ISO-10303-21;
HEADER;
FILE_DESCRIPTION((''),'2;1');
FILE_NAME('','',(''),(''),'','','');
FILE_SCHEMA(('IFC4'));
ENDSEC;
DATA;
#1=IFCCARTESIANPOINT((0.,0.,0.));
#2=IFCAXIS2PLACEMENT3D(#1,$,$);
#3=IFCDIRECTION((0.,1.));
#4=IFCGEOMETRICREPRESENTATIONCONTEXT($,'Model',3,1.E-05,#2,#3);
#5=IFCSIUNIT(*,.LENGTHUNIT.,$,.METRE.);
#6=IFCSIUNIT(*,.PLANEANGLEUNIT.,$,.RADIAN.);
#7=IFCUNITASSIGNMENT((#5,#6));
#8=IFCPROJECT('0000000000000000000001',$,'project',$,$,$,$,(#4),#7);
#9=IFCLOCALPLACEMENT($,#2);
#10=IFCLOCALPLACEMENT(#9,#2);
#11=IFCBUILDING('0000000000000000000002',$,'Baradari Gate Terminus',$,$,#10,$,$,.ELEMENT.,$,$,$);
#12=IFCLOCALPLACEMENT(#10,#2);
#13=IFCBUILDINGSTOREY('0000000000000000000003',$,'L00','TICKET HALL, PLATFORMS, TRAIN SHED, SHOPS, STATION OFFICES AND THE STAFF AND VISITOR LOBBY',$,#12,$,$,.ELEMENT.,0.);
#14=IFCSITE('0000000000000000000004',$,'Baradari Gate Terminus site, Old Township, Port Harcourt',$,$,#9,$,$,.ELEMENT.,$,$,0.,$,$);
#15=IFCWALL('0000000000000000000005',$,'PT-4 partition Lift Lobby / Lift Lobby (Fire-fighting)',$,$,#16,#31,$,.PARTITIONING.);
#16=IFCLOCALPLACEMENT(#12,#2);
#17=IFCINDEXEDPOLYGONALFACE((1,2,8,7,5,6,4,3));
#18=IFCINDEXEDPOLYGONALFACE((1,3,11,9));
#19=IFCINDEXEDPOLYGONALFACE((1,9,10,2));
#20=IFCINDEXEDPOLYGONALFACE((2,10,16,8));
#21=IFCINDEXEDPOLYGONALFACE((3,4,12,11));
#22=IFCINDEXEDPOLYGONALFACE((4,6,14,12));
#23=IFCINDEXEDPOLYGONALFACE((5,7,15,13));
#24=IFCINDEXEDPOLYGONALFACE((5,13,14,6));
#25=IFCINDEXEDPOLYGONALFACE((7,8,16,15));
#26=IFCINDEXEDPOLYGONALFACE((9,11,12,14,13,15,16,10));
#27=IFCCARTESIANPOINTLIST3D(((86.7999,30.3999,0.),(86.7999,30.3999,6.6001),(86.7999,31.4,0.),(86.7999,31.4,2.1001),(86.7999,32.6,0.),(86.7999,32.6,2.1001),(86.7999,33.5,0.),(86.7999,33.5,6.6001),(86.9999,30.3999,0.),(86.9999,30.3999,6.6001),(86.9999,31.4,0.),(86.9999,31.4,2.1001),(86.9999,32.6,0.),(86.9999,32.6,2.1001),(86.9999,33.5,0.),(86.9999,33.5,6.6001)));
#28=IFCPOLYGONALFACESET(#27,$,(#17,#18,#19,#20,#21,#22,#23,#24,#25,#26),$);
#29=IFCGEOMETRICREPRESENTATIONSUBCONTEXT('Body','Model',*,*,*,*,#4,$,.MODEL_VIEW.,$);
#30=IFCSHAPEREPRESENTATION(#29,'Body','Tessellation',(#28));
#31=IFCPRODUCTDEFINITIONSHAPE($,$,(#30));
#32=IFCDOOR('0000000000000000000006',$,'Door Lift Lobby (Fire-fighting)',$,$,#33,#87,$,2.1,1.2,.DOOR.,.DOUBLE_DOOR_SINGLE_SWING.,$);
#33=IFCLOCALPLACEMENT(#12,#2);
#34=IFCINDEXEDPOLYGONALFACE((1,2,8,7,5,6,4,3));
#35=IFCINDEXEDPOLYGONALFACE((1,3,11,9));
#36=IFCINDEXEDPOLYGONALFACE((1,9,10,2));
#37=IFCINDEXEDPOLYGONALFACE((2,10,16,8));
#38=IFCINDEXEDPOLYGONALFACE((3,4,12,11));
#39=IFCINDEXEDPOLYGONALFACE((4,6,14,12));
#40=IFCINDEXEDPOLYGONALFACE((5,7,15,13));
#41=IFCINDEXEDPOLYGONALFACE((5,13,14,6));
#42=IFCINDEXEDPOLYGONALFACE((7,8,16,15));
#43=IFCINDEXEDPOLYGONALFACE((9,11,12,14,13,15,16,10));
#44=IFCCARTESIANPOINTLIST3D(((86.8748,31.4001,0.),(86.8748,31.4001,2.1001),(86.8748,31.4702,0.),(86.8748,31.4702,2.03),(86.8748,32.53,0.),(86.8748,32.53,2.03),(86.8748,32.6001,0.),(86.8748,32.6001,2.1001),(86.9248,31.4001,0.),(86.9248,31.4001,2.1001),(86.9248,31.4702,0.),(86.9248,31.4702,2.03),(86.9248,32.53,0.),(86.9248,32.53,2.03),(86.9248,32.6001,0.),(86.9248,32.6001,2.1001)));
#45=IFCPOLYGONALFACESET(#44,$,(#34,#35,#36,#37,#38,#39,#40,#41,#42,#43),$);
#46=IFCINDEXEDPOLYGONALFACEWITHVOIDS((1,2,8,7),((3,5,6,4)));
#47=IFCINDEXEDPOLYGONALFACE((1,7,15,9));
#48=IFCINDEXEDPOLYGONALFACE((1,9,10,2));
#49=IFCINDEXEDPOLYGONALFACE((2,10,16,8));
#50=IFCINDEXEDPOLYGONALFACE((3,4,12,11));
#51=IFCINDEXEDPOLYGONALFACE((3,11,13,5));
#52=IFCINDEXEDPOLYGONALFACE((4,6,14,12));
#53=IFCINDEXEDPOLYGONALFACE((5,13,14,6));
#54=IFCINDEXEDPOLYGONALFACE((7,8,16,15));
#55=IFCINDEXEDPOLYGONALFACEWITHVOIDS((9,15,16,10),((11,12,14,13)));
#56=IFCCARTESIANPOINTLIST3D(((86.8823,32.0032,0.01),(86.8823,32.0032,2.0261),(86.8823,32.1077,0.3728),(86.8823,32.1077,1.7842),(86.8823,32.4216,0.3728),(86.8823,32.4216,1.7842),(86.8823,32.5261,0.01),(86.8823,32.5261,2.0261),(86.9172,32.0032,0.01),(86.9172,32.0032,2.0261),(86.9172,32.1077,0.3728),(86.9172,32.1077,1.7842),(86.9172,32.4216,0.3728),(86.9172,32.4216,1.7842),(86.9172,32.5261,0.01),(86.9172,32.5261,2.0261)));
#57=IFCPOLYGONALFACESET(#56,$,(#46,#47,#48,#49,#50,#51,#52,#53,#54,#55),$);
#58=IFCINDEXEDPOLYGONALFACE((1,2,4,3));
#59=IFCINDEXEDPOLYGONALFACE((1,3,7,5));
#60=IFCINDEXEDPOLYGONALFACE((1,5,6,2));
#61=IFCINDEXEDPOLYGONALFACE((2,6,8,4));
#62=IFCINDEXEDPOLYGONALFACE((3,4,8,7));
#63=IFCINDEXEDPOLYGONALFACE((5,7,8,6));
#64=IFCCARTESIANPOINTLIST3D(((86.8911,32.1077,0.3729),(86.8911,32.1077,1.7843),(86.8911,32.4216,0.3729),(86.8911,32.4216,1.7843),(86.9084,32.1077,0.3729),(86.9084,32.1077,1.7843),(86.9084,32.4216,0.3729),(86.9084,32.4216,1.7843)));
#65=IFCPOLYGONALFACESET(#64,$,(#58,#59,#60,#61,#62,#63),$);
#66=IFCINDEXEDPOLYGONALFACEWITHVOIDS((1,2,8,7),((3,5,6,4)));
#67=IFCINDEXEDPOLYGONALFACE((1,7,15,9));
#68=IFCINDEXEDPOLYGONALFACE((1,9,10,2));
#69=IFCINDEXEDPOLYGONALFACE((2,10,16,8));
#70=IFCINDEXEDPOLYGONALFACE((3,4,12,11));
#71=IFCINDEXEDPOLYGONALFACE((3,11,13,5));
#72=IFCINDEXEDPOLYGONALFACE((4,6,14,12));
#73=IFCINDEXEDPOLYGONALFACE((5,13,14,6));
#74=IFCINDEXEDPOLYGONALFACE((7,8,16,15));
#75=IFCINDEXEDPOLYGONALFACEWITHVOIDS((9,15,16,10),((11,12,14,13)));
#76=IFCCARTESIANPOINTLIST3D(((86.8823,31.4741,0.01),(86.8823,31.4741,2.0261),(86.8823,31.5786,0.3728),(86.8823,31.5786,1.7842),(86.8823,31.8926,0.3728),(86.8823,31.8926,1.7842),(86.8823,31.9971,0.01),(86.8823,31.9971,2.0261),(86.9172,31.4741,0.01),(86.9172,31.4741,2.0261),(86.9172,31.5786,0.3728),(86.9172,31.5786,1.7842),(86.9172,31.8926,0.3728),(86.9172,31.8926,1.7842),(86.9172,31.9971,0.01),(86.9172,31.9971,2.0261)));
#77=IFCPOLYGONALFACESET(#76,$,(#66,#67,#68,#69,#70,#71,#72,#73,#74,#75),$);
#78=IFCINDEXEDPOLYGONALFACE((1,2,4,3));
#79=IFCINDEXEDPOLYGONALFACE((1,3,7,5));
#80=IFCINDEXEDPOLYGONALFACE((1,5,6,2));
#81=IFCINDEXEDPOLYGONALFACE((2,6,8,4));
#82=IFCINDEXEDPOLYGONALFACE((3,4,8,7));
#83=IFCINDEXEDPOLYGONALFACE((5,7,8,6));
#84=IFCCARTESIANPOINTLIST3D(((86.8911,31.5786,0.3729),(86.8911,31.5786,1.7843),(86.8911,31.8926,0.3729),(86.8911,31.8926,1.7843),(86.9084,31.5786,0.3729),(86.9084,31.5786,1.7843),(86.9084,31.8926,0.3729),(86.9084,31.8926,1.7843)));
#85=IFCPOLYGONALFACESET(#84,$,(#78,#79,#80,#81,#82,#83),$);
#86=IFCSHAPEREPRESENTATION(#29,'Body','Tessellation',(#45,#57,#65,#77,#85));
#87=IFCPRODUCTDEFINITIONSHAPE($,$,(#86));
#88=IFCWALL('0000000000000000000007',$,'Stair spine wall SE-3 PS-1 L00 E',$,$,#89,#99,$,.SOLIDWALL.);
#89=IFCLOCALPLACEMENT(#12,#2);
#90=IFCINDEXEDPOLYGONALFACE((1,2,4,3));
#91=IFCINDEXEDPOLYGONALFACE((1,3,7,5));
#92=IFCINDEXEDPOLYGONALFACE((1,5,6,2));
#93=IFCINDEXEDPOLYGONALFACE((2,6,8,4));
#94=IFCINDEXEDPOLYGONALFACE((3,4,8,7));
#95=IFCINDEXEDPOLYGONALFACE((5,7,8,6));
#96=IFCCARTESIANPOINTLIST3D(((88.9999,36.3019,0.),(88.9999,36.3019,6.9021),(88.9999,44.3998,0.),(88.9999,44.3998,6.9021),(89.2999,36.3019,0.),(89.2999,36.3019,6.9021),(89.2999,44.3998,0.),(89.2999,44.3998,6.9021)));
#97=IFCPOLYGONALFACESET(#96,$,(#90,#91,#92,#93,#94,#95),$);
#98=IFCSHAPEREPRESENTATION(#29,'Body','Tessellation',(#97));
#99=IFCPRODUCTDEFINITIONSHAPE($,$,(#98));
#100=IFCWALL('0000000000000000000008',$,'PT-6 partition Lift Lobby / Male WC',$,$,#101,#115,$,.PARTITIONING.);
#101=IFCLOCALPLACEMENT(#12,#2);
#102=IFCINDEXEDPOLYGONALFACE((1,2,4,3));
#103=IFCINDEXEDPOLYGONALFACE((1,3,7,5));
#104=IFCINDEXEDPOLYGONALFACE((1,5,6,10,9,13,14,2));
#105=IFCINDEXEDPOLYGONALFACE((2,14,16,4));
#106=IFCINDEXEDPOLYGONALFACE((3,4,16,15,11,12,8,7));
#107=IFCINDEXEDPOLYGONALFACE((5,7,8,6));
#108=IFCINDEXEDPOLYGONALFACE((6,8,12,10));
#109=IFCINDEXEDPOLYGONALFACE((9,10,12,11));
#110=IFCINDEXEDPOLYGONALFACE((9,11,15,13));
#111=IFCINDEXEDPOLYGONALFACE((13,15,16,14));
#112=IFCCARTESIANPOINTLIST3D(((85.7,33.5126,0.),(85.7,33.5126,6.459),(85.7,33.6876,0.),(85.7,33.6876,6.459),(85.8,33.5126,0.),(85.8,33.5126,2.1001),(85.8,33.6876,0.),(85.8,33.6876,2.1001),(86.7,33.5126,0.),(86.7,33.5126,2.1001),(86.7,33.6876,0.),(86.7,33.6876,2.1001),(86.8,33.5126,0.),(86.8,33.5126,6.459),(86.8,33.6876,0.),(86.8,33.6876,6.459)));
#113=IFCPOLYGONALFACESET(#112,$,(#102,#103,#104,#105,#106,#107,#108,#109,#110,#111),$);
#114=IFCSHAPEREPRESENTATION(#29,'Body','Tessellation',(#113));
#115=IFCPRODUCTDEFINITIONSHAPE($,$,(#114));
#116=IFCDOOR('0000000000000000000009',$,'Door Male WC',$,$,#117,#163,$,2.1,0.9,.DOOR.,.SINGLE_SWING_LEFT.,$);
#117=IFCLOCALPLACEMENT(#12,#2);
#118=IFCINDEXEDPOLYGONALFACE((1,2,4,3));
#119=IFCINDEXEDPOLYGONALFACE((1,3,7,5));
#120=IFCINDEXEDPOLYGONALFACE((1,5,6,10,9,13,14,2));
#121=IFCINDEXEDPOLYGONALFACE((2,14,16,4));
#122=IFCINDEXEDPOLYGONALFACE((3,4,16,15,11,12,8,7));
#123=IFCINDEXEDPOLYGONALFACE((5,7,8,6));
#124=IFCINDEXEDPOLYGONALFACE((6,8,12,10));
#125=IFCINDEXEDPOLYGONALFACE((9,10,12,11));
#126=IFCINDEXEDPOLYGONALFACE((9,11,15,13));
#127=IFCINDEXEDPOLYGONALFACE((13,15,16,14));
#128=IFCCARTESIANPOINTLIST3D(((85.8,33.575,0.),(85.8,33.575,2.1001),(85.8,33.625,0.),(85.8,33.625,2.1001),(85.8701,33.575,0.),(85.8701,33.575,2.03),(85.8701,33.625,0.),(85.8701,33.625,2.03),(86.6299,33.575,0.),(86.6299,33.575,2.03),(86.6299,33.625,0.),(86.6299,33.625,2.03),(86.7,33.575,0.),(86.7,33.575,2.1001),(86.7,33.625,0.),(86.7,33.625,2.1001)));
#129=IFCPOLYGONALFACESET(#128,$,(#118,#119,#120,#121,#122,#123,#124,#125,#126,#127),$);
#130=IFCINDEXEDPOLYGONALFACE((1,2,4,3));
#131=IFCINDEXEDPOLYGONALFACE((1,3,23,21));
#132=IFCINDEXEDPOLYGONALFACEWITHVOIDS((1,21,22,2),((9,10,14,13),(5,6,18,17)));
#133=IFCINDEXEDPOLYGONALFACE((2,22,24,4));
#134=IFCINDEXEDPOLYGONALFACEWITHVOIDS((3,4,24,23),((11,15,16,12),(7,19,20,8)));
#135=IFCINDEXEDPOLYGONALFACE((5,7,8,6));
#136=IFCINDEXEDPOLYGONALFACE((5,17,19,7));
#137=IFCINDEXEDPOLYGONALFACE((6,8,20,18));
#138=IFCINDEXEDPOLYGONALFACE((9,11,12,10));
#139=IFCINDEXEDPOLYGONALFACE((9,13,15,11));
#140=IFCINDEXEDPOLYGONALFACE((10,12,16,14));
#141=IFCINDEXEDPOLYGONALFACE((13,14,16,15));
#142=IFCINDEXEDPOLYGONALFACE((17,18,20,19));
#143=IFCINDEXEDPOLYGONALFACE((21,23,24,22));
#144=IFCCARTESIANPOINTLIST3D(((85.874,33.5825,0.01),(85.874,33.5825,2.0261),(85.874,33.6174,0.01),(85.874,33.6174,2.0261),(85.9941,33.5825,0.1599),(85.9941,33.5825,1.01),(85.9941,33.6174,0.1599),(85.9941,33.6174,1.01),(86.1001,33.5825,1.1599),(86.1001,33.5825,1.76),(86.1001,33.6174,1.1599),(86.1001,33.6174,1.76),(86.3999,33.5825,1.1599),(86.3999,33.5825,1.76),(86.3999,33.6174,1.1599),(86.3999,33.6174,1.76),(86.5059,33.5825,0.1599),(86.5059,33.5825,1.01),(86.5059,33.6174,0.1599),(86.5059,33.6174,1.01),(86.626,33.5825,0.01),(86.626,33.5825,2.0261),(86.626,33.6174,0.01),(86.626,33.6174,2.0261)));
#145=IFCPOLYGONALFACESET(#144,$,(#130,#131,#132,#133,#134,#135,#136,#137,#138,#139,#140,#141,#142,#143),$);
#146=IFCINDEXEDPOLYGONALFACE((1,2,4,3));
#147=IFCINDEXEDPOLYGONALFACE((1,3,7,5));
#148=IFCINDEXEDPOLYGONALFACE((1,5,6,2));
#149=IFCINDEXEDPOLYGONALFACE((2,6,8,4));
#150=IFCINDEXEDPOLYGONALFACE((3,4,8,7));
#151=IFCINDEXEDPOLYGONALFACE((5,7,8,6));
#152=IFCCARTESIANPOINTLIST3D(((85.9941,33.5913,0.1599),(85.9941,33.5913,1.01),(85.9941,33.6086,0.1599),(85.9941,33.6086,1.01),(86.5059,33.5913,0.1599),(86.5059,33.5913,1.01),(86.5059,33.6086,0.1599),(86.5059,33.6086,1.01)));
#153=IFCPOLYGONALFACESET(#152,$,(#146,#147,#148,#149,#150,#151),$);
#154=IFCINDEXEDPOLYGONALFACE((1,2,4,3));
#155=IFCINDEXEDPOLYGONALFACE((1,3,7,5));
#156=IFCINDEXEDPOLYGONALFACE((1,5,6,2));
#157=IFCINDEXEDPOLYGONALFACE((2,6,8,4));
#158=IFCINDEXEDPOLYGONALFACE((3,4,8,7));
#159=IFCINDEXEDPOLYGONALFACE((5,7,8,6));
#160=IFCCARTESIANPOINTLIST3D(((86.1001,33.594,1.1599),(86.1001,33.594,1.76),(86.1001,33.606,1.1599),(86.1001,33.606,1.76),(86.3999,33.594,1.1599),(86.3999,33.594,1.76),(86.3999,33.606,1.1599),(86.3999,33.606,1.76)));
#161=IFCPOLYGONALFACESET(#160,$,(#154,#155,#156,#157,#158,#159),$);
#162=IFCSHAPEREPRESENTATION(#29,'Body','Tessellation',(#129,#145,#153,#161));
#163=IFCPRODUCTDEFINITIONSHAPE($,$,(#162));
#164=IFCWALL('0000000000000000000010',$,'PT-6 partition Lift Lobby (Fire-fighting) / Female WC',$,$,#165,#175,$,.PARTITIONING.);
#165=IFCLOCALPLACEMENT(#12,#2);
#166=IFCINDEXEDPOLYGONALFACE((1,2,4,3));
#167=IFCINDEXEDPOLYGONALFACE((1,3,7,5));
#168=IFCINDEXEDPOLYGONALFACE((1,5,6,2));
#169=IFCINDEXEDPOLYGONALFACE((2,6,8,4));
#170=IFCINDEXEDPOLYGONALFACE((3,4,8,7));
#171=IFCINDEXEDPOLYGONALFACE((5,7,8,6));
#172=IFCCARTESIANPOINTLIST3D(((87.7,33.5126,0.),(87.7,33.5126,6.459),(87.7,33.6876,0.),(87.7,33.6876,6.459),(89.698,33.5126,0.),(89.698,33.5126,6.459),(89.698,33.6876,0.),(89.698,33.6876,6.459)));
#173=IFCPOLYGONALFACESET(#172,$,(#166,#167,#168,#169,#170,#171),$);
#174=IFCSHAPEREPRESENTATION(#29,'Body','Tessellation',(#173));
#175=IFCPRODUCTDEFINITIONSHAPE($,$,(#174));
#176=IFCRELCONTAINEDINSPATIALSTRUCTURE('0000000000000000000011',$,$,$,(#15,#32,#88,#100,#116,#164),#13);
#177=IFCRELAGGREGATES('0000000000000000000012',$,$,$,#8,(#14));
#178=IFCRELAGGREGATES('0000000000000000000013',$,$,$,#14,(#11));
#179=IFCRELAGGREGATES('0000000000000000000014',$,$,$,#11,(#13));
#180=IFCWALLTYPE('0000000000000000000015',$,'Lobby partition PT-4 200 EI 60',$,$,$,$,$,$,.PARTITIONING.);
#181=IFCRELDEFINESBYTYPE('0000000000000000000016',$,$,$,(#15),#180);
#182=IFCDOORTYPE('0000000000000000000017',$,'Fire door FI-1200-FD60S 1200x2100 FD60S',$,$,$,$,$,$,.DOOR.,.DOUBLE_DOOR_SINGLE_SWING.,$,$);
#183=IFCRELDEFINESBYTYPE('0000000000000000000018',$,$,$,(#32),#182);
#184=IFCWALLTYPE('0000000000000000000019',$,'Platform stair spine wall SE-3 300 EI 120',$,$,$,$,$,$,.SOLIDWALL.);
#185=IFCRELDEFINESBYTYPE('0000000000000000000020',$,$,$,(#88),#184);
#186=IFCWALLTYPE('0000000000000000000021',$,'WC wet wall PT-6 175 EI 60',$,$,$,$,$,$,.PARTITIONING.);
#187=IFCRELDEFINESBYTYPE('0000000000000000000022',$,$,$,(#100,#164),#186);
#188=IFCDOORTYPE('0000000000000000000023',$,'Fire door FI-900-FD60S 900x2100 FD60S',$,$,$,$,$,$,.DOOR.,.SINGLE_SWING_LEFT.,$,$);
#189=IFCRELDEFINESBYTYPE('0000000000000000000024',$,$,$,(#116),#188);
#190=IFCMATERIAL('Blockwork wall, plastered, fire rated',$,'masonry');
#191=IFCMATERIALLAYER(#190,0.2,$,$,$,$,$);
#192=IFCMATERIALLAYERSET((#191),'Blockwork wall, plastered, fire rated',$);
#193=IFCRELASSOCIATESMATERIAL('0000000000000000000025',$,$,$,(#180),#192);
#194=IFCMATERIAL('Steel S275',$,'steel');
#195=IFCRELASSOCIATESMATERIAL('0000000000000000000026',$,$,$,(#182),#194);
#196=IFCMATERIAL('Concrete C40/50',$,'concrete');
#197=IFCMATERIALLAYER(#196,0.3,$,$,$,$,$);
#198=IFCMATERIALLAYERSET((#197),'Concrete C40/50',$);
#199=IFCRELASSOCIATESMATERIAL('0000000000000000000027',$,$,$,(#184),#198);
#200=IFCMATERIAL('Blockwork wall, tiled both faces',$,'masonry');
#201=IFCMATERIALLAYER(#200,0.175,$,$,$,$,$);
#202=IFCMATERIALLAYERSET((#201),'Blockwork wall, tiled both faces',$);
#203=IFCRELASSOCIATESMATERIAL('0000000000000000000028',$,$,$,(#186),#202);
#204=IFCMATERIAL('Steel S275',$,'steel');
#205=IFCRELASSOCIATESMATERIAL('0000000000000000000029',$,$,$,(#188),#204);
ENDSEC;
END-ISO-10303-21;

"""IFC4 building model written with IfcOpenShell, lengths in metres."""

from ifc_helpers import new_model, si_unit, direction, frame, frame_2d, origin, place, context, subcontext, project, spatial, polyline, rectangle, outline, extrude, material, layer, layer_set, type_object, element, fill, save


model = new_model("IFC4")

# Units and contexts
model_context = context("Model", 3, precision=1e-05, world=origin(), true_north=direction((0.0, 1.0)))
body_context = subcontext(model_context, "Body", "Model", "MODEL_VIEW")
ifc_project = project(units=[si_unit("LENGTHUNIT", "METRE"), si_unit("PLANEANGLEUNIT", "RADIAN")], contexts=[model_context])

# Site, building, storey
site_placement = place(None, origin())
site = spatial("IfcSite", under=ifc_project, at=site_placement, Name="Baradari Gate Terminus site, Old Township, Port Harcourt", CompositionType="ELEMENT", RefElevation=0.0)
building_placement = place(site_placement, origin())
building = spatial("IfcBuilding", under=site, at=building_placement, Name="Baradari Gate Terminus", CompositionType="ELEMENT")
storey_placement = place(building_placement, origin())
storey = spatial("IfcBuildingStorey", under=building, at=storey_placement, Name="L00", Description="TICKET HALL, PLATFORMS, TRAIN SHED, SHOPS, STATION OFFICES AND THE STAFF AND VISITOR LOBBY", CompositionType="ELEMENT", Elevation=0.0)

# Wall, opening, door
ifc_material_1 = material(Name="Blockwork wall, plastered, fire rated", Category="masonry")
ifc_layer_1 = layer(ifc_material_1, 0.2)
ifc_layer_set_1 = layer_set([ifc_layer_1], Name="Blockwork wall, plastered, fire rated")
wall_type_1 = type_object("IfcWallType", Name="Lobby partition PT-4 200 EI 60", PredefinedType="PARTITIONING", material=ifc_layer_set_1)
wall_1_placement = place(storey_placement, frame((86.8999, 33.5, 0.0), z_axis=(0.0, 0.0, 1.0), x_axis=(0.0, -1.0, 0.0)))
wall_1 = element("IfcWall", 1, at=wall_1_placement, inside=storey, type_object=wall_type_1, Name="PT-4 partition Lift Lobby / Lift Lobby (Fire-fighting)", PredefinedType="PARTITIONING", context=body_context, shape_type="SweptSolid", body=[
    extrude(rectangle(XDim=3.1001, YDim=0.2, at=frame_2d((1.55, 0.0))), origin(), (0.0, 0.0, 1.0), 6.6001),
])
opening_1_placement = place(wall_1_placement, frame((0.8999, 0.0, 0.0)))
opening_1 = element("IfcOpeningElement", 2, at=opening_1_placement, cuts=wall_1, PredefinedType="OPENING", context=body_context, shape_type="SweptSolid", body=[
    extrude(rectangle(XDim=1.2, YDim=2.1001, at=frame_2d((0.6001, 1.05))), frame((0.0, 0.1099, 0.0), z_axis=(0.0, -1.0, 0.0), x_axis=(1.0, 0.0, 0.0)), (0.0, 0.0, 1.0), 0.22),
])
ifc_material_2 = material(Name="Steel S275", Category="steel")
door_type_1 = type_object("IfcDoorType", Name="Fire door FI-1200-FD60S 1200x2100 FD60S", OperationType="DOUBLE_DOOR_SINGLE_SWING", PredefinedType="DOOR", material=ifc_material_2)
door_1_placement = place(opening_1_placement, origin())
door_1 = element("IfcDoor", 3, at=door_1_placement, inside=storey, type_object=door_type_1, Name="Door Lift Lobby (Fire-fighting)", OperationType="DOUBLE_DOOR_SINGLE_SWING", OverallHeight=2.1, OverallWidth=1.2, PredefinedType="DOOR", context=body_context, shape_type="SweptSolid", body=[
    extrude(outline(polyline([(0.0, 0.0), (0.0701, 0.0), (0.0701, 2.03), (1.1299, 2.03), (1.1299, 0.0), (1.2, 0.0), (1.2, 2.1001), (0.0, 2.1001), (0.0, 0.0)])), frame((0.0, 0.0249, 0.0), z_axis=(0.0, -1.0, 0.0), x_axis=(1.0, 0.0, 0.0)), (0.0, 0.0, 1.0), 0.05),
    extrude(outline(polyline([(0.074, 0.01), (0.5969, 0.01), (0.5969, 2.0261), (0.074, 2.0261), (0.074, 0.01)]), holes=[polyline([(0.1785, 0.3728), (0.4924, 0.3728), (0.4924, 1.7842), (0.1785, 1.7842), (0.1785, 0.3728)])]), frame((0.0, 0.0173, 0.0), z_axis=(0.0, -1.0, 0.0), x_axis=(1.0, 0.0, 0.0)), (0.0, 0.0, 1.0), 0.0349),
    extrude(rectangle(XDim=0.314, YDim=1.4114, at=frame_2d((0.3354, 1.0786))), frame((0.0, 0.0085, 0.0), z_axis=(0.0, -1.0, 0.0), x_axis=(1.0, 0.0, 0.0)), (0.0, 0.0, 1.0), 0.0173),
    extrude(outline(polyline([(0.603, 0.01), (1.126, 0.01), (1.126, 2.0261), (0.603, 2.0261), (0.603, 0.01)]), holes=[polyline([(0.7075, 0.3728), (1.0215, 0.3728), (1.0215, 1.7842), (0.7075, 1.7842), (0.7075, 0.3728)])]), frame((0.0, 0.0173, 0.0), z_axis=(0.0, -1.0, 0.0), x_axis=(1.0, 0.0, 0.0)), (0.0, 0.0, 1.0), 0.0349),
    extrude(rectangle(XDim=0.314, YDim=1.4114, at=frame_2d((0.8645, 1.0786))), frame((0.0, 0.0085, 0.0), z_axis=(0.0, -1.0, 0.0), x_axis=(1.0, 0.0, 0.0)), (0.0, 0.0, 1.0), 0.0173),
])
fill(opening_1, door_1)

# Wall
ifc_material_3 = material(Name="Concrete C40/50", Category="concrete")
ifc_layer_2 = layer(ifc_material_3, 0.3)
ifc_layer_set_2 = layer_set([ifc_layer_2], Name="Concrete C40/50")
wall_type_2 = type_object("IfcWallType", Name="Platform stair spine wall SE-3 300 EI 120", PredefinedType="SOLIDWALL", material=ifc_layer_set_2)
wall_2_placement = place(storey_placement, frame((89.1499, 36.302, 0.0), z_axis=(0.0, 0.0, 1.0), x_axis=(0.0, 1.0, 0.0)))
element("IfcWall", 4, at=wall_2_placement, inside=storey, type_object=wall_type_2, Name="Stair spine wall SE-3 PS-1 L00 E", PredefinedType="SOLIDWALL", context=body_context, shape_type="SweptSolid", body=[
    extrude(rectangle(XDim=8.0979, YDim=0.3, at=frame_2d((4.0488, 0.0))), origin(), (0.0, 0.0, 1.0), 6.9021),
])

# Wall, opening, door
ifc_material_4 = material(Name="Blockwork wall, tiled both faces", Category="masonry")
ifc_layer_3 = layer(ifc_material_4, 0.175)
ifc_layer_set_3 = layer_set([ifc_layer_3], Name="Blockwork wall, tiled both faces")
wall_type_3 = type_object("IfcWallType", Name="WC wet wall PT-6 175 EI 60", PredefinedType="PARTITIONING", material=ifc_layer_set_3)
wall_3_placement = place(storey_placement, frame((85.7, 33.6001, 0.0), z_axis=(0.0, 0.0, 1.0), x_axis=(1.0, 0.0, 0.0)))
wall_3 = element("IfcWall", 5, at=wall_3_placement, inside=storey, type_object=wall_type_3, Name="PT-6 partition Lift Lobby / Male WC", PredefinedType="PARTITIONING", context=body_context, shape_type="SweptSolid", body=[
    extrude(rectangle(XDim=1.1001, YDim=0.175, at=frame_2d((0.55, 0.0))), origin(), (0.0, 0.0, 1.0), 6.459),
])
opening_2_placement = place(wall_3_placement, frame((0.1001, 0.0, 0.0)))
opening_2 = element("IfcOpeningElement", 6, at=opening_2_placement, cuts=wall_3, PredefinedType="OPENING", context=body_context, shape_type="SweptSolid", body=[
    extrude(rectangle(XDim=0.8999, YDim=2.1001, at=frame_2d((0.45, 1.05))), frame((0.0, 0.0974, 0.0), z_axis=(0.0, -1.0, 0.0), x_axis=(1.0, 0.0, 0.0)), (0.0, 0.0, 1.0), 0.1951),
])
ifc_material_5 = material(Name="Steel S275", Category="steel")
door_type_2 = type_object("IfcDoorType", Name="Fire door FI-900-FD60S 900x2100 FD60S", OperationType="SINGLE_SWING_LEFT", PredefinedType="DOOR", material=ifc_material_5)
door_2_placement = place(opening_2_placement, origin())
door_2 = element("IfcDoor", 7, at=door_2_placement, inside=storey, type_object=door_type_2, Name="Door Male WC", OperationType="SINGLE_SWING_LEFT", OverallHeight=2.1, OverallWidth=0.9, PredefinedType="DOOR", context=body_context, shape_type="SweptSolid", body=[
    extrude(outline(polyline([(0.0, 0.0), (0.0701, 0.0), (0.0701, 2.03), (0.8298, 2.03), (0.8298, 0.0), (0.8999, 0.0), (0.8999, 2.1001), (0.0, 2.1001), (0.0, 0.0)])), frame((0.0, 0.0249, 0.0), z_axis=(0.0, -1.0, 0.0), x_axis=(1.0, 0.0, 0.0)), (0.0, 0.0, 1.0), 0.05),
    extrude(outline(polyline([(0.074, 0.01), (0.8259, 0.01), (0.8259, 2.0261), (0.074, 2.0261), (0.074, 0.01)]), holes=[polyline([(0.1941, 0.1599), (0.7058, 0.1599), (0.7058, 1.01), (0.1941, 1.01), (0.1941, 0.1599)]), polyline([(0.3, 1.1599), (0.5999, 1.1599), (0.5999, 1.76), (0.3, 1.76), (0.3, 1.1599)])]), frame((0.0, 0.0173, 0.0), z_axis=(0.0, -1.0, 0.0), x_axis=(1.0, 0.0, 0.0)), (0.0, 0.0, 1.0), 0.0349),
    extrude(rectangle(XDim=0.5117, YDim=0.8501, at=frame_2d((0.45, 0.585))), frame((0.0, 0.0085, 0.0), z_axis=(0.0, -1.0, 0.0), x_axis=(1.0, 0.0, 0.0)), (0.0, 0.0, 1.0), 0.0173),
    extrude(rectangle(XDim=0.2998, YDim=0.6001, at=frame_2d((0.45, 1.46))), frame((0.0, 0.0059, 0.0), z_axis=(0.0, -1.0, 0.0), x_axis=(1.0, 0.0, 0.0)), (0.0, 0.0, 1.0), 0.012),
])
fill(opening_2, door_2)

# Wall
wall_4_placement = place(storey_placement, frame((87.7, 33.6001, 0.0), z_axis=(0.0, 0.0, 1.0), x_axis=(1.0, 0.0, 0.0)))
element("IfcWall", 8, at=wall_4_placement, inside=storey, type_object=wall_type_3, Name="PT-6 partition Lift Lobby (Fire-fighting) / Female WC", PredefinedType="PARTITIONING", context=body_context, shape_type="SweptSolid", body=[
    extrude(rectangle(XDim=1.998, YDim=0.175, at=frame_2d((0.999, 0.0))), origin(), (0.0, 0.0, 1.0), 6.459),
])

save(model, "model.ifc")
